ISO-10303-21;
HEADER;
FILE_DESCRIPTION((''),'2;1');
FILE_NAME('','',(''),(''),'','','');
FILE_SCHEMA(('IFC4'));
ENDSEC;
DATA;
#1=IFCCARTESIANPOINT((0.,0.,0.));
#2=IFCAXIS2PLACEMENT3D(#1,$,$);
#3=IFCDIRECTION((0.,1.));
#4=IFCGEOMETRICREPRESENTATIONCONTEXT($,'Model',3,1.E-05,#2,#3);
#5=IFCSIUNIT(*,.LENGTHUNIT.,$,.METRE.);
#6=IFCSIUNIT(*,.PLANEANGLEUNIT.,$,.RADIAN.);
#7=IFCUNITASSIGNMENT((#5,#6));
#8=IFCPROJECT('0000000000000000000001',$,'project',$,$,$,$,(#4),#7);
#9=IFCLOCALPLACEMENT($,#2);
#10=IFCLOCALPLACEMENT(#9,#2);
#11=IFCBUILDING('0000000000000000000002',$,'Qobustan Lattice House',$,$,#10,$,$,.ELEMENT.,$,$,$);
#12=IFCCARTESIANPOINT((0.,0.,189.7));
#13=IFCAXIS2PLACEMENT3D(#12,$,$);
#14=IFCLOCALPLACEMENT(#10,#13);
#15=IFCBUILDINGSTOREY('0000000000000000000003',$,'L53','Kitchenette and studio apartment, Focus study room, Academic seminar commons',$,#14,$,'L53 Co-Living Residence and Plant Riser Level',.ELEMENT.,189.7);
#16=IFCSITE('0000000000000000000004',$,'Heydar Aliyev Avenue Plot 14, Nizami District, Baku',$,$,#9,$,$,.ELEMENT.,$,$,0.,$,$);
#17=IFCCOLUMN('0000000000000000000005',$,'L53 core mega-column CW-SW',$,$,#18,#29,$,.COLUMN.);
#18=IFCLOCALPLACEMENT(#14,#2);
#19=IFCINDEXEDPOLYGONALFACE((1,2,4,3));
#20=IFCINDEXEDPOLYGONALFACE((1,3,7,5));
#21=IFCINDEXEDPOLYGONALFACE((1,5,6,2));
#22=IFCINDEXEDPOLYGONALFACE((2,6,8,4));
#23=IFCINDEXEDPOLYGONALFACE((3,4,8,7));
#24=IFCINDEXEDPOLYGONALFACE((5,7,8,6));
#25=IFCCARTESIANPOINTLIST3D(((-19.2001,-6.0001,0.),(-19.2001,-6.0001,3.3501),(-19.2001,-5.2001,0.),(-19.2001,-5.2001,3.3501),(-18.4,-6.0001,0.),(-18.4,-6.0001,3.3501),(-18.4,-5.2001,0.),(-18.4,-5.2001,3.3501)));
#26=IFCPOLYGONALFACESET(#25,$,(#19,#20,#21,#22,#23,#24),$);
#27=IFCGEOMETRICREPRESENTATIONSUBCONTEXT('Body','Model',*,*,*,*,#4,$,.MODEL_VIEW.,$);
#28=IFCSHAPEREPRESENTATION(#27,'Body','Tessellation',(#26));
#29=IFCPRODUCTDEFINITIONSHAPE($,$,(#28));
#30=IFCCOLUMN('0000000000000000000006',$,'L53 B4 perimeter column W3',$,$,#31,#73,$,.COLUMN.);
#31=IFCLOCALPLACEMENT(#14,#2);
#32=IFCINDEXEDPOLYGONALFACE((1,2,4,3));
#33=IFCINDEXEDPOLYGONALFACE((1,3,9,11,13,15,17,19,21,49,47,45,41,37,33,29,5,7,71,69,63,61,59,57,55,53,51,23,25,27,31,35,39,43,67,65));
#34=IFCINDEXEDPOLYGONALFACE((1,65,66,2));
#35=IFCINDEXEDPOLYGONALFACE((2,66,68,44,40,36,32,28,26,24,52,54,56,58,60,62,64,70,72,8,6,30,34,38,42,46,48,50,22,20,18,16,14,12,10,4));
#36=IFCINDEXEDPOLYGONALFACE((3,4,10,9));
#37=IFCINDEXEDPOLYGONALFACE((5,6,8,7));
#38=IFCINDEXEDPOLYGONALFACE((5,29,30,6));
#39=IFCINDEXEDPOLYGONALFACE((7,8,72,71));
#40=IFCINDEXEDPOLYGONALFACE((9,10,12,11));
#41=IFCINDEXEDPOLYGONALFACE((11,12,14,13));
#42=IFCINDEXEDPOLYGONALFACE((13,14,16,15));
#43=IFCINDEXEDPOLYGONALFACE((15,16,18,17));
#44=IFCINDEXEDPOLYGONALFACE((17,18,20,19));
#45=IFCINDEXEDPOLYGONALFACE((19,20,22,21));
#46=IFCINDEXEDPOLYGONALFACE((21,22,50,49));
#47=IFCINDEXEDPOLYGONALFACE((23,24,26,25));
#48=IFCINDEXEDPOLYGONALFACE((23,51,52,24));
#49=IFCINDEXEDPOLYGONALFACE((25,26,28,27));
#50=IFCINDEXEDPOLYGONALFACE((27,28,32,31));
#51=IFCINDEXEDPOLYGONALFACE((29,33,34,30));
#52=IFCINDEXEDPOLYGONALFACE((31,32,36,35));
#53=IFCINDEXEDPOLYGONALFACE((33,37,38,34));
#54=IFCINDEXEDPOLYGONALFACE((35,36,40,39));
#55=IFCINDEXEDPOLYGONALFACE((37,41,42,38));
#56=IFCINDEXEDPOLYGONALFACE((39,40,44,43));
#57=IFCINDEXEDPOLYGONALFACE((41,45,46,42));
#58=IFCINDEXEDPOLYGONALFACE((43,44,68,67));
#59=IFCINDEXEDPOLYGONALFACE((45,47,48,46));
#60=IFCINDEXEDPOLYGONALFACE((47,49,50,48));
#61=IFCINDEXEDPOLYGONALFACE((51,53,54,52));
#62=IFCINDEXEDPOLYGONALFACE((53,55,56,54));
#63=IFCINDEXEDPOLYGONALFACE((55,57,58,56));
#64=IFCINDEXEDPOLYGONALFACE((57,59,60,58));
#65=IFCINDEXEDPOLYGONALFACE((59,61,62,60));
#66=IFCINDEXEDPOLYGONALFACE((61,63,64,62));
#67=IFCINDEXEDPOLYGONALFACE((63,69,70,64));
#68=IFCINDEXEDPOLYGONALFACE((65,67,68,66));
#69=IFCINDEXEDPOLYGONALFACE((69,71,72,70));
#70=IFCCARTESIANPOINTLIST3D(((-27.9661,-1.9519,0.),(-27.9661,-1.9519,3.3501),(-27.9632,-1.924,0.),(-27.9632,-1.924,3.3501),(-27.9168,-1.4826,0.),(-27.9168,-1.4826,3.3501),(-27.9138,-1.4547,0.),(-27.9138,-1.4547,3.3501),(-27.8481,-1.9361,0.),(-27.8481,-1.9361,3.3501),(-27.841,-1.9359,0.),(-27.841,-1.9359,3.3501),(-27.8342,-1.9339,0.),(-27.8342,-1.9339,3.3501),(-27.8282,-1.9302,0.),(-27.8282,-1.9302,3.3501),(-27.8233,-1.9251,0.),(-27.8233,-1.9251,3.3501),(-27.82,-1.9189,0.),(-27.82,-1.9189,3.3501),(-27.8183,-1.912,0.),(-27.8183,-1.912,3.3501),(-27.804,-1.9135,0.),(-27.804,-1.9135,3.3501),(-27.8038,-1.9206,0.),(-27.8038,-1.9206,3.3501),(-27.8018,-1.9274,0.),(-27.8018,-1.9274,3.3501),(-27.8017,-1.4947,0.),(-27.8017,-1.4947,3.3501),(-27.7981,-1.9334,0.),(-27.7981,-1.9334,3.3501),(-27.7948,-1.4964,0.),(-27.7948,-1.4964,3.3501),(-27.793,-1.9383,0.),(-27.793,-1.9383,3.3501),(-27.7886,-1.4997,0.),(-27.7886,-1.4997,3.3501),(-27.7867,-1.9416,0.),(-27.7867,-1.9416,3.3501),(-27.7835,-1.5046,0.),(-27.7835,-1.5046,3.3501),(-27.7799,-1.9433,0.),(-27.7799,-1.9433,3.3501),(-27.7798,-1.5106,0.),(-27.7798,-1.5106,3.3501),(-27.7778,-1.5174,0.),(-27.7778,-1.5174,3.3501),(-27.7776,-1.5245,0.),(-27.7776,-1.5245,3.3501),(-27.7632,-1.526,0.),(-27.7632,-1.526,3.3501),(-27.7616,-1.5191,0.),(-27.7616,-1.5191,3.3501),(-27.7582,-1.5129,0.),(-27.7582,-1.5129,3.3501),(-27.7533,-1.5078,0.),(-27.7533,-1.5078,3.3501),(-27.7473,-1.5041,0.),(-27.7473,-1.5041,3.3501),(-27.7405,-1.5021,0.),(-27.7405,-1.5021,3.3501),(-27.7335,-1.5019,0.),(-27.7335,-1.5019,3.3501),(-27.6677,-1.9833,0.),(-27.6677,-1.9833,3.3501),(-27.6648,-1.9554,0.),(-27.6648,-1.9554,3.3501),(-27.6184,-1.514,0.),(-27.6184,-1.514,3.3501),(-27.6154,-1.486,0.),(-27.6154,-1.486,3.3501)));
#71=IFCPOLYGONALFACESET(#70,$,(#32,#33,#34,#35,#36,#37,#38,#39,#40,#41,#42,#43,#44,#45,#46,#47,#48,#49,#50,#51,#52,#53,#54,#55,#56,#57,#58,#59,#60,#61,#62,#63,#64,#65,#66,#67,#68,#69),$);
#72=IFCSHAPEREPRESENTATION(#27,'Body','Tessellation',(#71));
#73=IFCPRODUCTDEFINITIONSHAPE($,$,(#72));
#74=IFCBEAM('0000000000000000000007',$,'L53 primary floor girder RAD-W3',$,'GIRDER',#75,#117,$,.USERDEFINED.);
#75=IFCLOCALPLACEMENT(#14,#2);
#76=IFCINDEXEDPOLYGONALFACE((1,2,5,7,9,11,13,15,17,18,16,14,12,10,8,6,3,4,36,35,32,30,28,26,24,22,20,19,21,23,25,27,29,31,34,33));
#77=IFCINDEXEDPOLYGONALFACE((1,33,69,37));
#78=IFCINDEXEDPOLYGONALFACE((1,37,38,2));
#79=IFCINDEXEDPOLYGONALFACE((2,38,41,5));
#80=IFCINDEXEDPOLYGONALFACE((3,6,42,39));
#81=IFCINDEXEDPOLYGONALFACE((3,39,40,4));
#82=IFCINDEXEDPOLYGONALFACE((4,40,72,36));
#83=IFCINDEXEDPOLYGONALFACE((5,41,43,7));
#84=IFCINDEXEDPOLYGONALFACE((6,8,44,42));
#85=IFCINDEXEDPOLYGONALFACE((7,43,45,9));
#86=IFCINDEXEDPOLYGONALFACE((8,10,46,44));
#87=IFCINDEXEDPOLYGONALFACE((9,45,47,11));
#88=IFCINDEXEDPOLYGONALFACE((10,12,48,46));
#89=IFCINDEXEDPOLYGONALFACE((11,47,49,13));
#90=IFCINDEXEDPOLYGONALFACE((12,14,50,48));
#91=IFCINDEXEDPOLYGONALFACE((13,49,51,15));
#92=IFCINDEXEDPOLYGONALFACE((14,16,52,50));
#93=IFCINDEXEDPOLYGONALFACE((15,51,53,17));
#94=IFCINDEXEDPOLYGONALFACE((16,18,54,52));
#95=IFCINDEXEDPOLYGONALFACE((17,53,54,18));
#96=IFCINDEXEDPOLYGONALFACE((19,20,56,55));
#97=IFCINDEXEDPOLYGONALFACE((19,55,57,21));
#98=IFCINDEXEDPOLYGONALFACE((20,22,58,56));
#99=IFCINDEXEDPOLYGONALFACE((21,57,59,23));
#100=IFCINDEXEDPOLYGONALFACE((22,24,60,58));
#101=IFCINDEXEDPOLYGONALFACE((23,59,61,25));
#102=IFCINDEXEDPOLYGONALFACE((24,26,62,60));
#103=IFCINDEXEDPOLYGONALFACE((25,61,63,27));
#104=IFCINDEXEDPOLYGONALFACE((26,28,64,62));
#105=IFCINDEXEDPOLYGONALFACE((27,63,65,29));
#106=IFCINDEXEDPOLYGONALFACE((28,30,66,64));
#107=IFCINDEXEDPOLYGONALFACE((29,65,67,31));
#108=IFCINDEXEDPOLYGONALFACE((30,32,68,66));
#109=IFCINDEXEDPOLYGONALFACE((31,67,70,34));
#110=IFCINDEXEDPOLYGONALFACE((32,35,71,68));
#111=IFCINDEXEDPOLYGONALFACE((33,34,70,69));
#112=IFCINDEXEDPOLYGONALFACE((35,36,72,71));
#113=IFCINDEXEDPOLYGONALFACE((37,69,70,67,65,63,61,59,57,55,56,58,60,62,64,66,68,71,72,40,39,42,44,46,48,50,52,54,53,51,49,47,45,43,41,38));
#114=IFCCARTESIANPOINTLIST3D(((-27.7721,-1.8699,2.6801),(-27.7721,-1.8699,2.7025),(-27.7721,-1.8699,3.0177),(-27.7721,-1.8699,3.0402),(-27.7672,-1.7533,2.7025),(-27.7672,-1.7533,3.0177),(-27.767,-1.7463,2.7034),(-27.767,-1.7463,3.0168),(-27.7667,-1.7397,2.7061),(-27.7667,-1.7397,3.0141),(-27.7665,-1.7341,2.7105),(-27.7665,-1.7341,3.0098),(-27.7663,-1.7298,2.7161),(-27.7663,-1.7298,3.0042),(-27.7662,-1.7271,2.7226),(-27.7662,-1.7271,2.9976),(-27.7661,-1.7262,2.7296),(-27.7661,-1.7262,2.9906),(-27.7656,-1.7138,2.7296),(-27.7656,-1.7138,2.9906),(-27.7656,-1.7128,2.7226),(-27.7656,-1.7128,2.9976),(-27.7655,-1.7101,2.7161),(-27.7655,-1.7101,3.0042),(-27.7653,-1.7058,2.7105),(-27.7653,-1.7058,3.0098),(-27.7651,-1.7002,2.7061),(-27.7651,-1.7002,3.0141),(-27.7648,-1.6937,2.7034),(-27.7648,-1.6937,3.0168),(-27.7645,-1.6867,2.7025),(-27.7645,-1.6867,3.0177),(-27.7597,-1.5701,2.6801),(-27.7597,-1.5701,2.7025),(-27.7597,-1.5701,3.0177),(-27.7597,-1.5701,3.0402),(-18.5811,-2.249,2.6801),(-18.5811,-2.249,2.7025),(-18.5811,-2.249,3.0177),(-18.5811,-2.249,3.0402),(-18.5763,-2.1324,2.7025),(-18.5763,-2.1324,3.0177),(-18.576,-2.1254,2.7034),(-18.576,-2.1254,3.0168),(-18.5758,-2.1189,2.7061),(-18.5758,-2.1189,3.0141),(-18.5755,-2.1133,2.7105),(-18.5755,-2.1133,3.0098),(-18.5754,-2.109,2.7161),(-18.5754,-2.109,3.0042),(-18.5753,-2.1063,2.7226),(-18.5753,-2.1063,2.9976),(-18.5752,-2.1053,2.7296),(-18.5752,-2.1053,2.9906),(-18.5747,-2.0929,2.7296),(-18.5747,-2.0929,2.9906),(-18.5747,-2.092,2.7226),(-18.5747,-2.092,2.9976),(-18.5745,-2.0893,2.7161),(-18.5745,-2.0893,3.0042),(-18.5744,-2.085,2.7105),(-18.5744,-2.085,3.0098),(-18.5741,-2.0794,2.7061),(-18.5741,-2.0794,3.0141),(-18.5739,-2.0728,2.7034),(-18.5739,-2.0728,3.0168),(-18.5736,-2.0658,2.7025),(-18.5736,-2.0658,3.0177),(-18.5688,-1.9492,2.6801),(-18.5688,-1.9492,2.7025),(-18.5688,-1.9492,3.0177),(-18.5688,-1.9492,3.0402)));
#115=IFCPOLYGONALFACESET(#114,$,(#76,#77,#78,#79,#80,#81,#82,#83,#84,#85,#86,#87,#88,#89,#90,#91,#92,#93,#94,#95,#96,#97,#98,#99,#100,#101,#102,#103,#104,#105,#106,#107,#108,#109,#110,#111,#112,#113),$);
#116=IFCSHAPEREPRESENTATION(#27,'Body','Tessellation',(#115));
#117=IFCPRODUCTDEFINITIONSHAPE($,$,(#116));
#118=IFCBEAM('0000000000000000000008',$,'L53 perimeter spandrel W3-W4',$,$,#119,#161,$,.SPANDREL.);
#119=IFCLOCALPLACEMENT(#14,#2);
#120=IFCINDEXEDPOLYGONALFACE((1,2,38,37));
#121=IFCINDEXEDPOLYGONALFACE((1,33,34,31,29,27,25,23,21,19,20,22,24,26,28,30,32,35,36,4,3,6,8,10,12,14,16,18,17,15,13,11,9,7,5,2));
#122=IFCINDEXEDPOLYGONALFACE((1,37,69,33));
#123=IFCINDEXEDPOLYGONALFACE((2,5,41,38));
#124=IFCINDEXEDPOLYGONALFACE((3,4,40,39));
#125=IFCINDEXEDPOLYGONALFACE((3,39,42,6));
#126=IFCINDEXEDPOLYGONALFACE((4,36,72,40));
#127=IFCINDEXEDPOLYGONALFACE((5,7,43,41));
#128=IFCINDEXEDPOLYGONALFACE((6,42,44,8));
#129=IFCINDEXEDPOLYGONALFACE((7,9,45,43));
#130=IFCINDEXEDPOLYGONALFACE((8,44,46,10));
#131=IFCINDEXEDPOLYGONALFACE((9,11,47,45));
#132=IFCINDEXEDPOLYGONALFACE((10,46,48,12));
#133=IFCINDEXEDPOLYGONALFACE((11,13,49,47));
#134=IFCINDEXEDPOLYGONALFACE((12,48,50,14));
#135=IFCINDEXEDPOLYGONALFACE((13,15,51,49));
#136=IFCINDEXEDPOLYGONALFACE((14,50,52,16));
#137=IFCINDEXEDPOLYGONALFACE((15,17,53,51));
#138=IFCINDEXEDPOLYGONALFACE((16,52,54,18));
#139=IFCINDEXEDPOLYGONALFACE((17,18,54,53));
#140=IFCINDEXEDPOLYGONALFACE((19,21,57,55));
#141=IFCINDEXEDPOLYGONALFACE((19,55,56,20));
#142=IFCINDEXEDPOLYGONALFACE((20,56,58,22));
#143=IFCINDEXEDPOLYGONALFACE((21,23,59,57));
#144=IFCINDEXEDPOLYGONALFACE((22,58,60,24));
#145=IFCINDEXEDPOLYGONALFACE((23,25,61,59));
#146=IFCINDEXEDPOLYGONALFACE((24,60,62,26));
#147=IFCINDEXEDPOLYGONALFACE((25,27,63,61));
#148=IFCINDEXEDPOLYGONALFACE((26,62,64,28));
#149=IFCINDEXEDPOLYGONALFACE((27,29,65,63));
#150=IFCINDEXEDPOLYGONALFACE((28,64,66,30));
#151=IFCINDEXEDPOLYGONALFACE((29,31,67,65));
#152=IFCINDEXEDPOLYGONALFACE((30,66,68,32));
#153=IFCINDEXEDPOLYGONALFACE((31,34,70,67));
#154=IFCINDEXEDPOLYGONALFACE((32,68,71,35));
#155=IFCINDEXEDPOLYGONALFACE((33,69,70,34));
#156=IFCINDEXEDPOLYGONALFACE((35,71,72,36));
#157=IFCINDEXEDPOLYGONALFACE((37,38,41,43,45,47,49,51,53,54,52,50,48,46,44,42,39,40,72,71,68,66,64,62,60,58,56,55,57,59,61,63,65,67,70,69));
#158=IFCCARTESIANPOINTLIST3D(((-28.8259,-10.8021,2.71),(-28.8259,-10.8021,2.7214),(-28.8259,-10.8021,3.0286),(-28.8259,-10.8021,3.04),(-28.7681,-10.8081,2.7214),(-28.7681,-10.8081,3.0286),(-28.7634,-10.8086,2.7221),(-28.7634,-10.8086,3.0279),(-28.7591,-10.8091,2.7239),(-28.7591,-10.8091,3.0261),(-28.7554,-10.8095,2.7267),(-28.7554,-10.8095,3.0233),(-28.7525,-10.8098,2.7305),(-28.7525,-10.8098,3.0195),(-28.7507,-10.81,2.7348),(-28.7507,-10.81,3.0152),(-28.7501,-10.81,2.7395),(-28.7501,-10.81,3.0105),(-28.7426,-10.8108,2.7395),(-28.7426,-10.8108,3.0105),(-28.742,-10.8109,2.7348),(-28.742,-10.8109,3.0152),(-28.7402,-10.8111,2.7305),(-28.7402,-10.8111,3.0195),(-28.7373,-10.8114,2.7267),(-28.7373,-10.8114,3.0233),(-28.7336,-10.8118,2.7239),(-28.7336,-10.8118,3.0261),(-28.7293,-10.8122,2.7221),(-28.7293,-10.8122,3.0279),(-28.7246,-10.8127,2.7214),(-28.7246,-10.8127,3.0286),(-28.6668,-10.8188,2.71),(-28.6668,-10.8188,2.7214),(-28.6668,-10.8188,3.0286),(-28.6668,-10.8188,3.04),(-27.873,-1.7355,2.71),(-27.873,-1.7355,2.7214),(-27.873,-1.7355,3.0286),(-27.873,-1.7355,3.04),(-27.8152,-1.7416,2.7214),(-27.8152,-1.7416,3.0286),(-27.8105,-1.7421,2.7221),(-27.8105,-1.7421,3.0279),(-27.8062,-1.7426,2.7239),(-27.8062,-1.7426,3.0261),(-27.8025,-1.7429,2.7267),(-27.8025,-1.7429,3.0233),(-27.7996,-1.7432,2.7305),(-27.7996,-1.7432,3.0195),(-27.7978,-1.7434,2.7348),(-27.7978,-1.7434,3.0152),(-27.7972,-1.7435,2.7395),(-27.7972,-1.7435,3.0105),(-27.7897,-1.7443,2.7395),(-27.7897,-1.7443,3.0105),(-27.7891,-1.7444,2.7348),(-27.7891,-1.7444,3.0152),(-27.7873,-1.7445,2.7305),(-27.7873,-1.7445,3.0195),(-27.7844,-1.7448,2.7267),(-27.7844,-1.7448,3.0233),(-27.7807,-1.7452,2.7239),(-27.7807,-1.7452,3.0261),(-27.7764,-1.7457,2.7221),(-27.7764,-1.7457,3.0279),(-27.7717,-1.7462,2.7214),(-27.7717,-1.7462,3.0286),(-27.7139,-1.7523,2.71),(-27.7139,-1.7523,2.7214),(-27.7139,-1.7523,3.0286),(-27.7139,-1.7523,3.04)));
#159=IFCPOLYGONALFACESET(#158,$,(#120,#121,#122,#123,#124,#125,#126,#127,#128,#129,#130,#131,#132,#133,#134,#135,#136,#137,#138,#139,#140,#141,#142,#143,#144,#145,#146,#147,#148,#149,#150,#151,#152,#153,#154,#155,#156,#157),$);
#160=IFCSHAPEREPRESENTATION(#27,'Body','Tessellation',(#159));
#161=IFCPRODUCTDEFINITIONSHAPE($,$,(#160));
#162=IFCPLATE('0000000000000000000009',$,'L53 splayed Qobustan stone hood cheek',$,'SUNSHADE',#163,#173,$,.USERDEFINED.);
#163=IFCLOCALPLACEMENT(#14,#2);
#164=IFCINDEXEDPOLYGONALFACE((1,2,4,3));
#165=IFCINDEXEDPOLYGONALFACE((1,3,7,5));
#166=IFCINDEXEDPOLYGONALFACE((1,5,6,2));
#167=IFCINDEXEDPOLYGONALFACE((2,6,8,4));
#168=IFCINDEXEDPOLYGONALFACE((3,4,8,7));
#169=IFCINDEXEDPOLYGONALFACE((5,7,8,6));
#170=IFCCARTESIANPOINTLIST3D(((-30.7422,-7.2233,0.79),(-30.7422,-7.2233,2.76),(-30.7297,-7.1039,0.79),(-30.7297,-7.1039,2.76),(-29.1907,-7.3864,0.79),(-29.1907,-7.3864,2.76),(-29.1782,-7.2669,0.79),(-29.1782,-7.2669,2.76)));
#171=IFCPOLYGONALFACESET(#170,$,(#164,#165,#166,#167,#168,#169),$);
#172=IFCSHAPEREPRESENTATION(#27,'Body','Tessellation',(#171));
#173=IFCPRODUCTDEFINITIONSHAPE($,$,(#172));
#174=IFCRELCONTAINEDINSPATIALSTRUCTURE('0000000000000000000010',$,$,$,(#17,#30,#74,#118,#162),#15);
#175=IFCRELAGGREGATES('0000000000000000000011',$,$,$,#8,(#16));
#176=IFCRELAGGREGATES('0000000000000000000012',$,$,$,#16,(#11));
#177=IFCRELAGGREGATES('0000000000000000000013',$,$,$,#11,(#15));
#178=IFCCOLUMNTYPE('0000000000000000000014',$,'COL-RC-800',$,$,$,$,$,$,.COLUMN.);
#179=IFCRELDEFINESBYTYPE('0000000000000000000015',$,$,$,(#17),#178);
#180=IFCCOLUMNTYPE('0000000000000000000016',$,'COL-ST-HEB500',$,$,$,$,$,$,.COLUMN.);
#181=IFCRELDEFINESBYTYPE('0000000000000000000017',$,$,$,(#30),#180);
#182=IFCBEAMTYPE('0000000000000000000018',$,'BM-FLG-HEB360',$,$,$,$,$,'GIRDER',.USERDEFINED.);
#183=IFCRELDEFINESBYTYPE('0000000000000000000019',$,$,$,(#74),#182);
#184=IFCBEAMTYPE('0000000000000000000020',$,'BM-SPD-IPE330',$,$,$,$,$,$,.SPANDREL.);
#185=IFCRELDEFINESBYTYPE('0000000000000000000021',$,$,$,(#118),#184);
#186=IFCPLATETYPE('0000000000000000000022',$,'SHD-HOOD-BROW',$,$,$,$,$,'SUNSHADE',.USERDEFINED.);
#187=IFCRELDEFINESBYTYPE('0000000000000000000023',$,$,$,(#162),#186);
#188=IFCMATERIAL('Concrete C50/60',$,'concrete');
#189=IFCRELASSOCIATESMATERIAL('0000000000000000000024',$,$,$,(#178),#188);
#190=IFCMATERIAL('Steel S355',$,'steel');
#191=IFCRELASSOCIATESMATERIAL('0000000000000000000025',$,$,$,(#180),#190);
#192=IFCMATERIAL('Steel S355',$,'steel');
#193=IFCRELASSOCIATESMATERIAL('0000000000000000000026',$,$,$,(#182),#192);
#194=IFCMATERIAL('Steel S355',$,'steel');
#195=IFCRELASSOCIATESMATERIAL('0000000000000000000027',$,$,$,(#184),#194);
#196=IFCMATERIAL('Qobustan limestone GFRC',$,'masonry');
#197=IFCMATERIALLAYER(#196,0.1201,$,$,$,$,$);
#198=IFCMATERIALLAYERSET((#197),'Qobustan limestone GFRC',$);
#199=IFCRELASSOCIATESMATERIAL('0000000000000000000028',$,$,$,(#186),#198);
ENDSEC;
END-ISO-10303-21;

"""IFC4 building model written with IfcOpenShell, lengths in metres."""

from ifc_helpers import new_model, si_unit, direction, frame, origin, origin_2d, place, context, subcontext, project, spatial, rectangle, i_section, extrude, material, layer, layer_set, material_profile, profile_set, type_object, element, save


model = new_model("IFC4")

# Units and contexts
model_context = context("Model", 3, precision=1e-05, world=origin(), true_north=direction((0.0, 1.0)))
body_context = subcontext(model_context, "Body", "Model", "MODEL_VIEW")
ifc_project = project(units=[si_unit("LENGTHUNIT", "METRE"), si_unit("PLANEANGLEUNIT", "RADIAN")], contexts=[model_context])

# Site, building, storey
site_placement = place(None, origin())
site = spatial("IfcSite", under=ifc_project, at=site_placement, Name="Heydar Aliyev Avenue Plot 14, Nizami District, Baku", CompositionType="ELEMENT", RefElevation=0.0)
building_placement = place(site_placement, origin())
building = spatial("IfcBuilding", under=site, at=building_placement, Name="Qobustan Lattice House", CompositionType="ELEMENT")
storey_placement = place(building_placement, frame((0.0, 0.0, 189.7)))
storey = spatial("IfcBuildingStorey", under=building, at=storey_placement, Name="L53", Description="Kitchenette and studio apartment, Focus study room, Academic seminar commons", LongName="L53 Co-Living Residence and Plant Riser Level", CompositionType="ELEMENT", Elevation=189.7)

# Columns
ifc_material_1 = material(Name="Concrete C50/60", Category="concrete")
ifc_material_profile_1 = material_profile(ifc_material_1, rectangle(XDim=0.8, YDim=0.8, at=origin_2d()), Name="RC800x800")
ifc_profile_set_1 = profile_set([ifc_material_profile_1], Name="Concrete C50/60")
column_type_1 = type_object("IfcColumnType", Name="COL-RC-800", PredefinedType="COLUMN", material=ifc_profile_set_1)
column_1_placement = place(storey_placement, frame((-18.8, -5.6001, 0.0), z_axis=(0.0, 0.0, 1.0), x_axis=(1.0, 0.0, 0.0)))
element("IfcColumn", 1, at=column_1_placement, inside=storey, type_object=column_type_1, Name="L53 core mega-column CW-SW", PredefinedType="COLUMN", context=body_context, shape_type="SweptSolid", body=[
    extrude(rectangle(XDim=0.8, YDim=0.8, at=origin_2d()), origin(), (0.0, 0.0, 1.0), 3.3501),
])
ifc_material_2 = material(Name="Steel S355", Category="steel")
ifc_material_profile_2 = material_profile(ifc_material_2, i_section(OverallWidth=0.3, OverallDepth=0.5, WebThickness=0.0144, FlangeThickness=0.0281, FilletRadius=0.0271, at=origin_2d()), Name="HEB500")
ifc_profile_set_2 = profile_set([ifc_material_profile_2], Name="Steel S355")
column_type_2 = type_object("IfcColumnType", Name="COL-ST-HEB500", PredefinedType="COLUMN", material=ifc_profile_set_2)
column_2_placement = place(storey_placement, frame((-27.7908, -1.719, 0.0), z_axis=(0.0, 0.0, 1.0), x_axis=(0.994522, -0.104528, 0.0)))
element("IfcColumn", 2, at=column_2_placement, inside=storey, type_object=column_type_2, Name="L53 B4 perimeter column W3", PredefinedType="COLUMN", context=body_context, shape_type="SweptSolid", body=[
    extrude(i_section(OverallWidth=0.3, OverallDepth=0.5, WebThickness=0.0144, FlangeThickness=0.0281, FilletRadius=0.0271, at=origin_2d()), origin(), (0.0, 0.0, 1.0), 3.3501),
])

# Beams
ifc_material_3 = material(Name="Steel S355", Category="steel")
ifc_material_profile_3 = material_profile(ifc_material_3, i_section(OverallWidth=0.3, OverallDepth=0.3601, WebThickness=0.0125, FlangeThickness=0.0225, FilletRadius=0.0271, at=origin_2d()), Name="HEB360")
ifc_profile_set_3 = profile_set([ifc_material_profile_3], Name="Steel S355")
beam_type_1 = type_object("IfcBeamType", Name="BM-FLG-HEB360", ElementType="GIRDER", PredefinedType="USERDEFINED", material=ifc_profile_set_3)
beam_1_placement = place(storey_placement, frame((-27.7659, -1.72, 2.8601), z_axis=(0.99915, -0.041218, 0.0), x_axis=(0.041218, 0.99915, 0.0)))
element("IfcBeam", 3, at=beam_1_placement, inside=storey, type_object=beam_type_1, Name="L53 primary floor girder RAD-W3", ObjectType="GIRDER", PredefinedType="USERDEFINED", context=body_context, shape_type="SweptSolid", body=[
    extrude(i_section(OverallWidth=0.3, OverallDepth=0.3601, WebThickness=0.0125, FlangeThickness=0.0225, FilletRadius=0.0271, at=origin_2d()), origin(), (0.0, 0.0, 1.0), 9.1987),
])
ifc_material_4 = material(Name="Steel S355", Category="steel")
ifc_material_profile_4 = material_profile(ifc_material_4, i_section(OverallWidth=0.1599, OverallDepth=0.3301, WebThickness=0.0076, FlangeThickness=0.0115, FilletRadius=0.0181, at=origin_2d()), Name="IPE330")
ifc_profile_set_4 = profile_set([ifc_material_profile_4], Name="Steel S355")
beam_type_2 = type_object("IfcBeamType", Name="BM-SPD-IPE330", PredefinedType="SPANDREL", material=ifc_profile_set_4)
beam_2_placement = place(storey_placement, frame((-27.7935, -1.7439, 2.875), z_axis=(-0.104524, -0.994522, 0.0), x_axis=(0.994522, -0.104524, 0.0)))
element("IfcBeam", 4, at=beam_2_placement, inside=storey, type_object=beam_type_2, Name="L53 perimeter spandrel W3-W4", PredefinedType="SPANDREL", context=body_context, shape_type="SweptSolid", body=[
    extrude(i_section(OverallWidth=0.1599, OverallDepth=0.3301, WebThickness=0.0076, FlangeThickness=0.0115, FilletRadius=0.0181, at=origin_2d()), origin(), (0.0, 0.0, 1.0), 9.1165),
])

# Plate
ifc_material_5 = material(Name="Qobustan limestone GFRC", Category="masonry")
ifc_layer_1 = layer(ifc_material_5, 0.1201)
ifc_layer_set_1 = layer_set([ifc_layer_1], Name="Qobustan limestone GFRC")
plate_type = type_object("IfcPlateType", Name="SHD-HOOD-BROW", ElementType="SUNSHADE", PredefinedType="USERDEFINED", material=ifc_layer_set_1)
plate_placement = place(storey_placement, frame((-29.9602, -7.2451, 0.79), z_axis=(0.0, 0.0, 1.0), x_axis=(0.104528, 0.994522, 0.0)))
element("IfcPlate", 5, at=plate_placement, inside=storey, type_object=plate_type, Name="L53 splayed Qobustan stone hood cheek", ObjectType="SUNSHADE", PredefinedType="USERDEFINED", context=body_context, shape_type="SweptSolid", body=[
    extrude(rectangle(XDim=0.1201, YDim=1.5601, at=origin_2d()), origin(), (0.0, 0.0, 1.0), 1.97),
])

save(model, "model.ifc")
